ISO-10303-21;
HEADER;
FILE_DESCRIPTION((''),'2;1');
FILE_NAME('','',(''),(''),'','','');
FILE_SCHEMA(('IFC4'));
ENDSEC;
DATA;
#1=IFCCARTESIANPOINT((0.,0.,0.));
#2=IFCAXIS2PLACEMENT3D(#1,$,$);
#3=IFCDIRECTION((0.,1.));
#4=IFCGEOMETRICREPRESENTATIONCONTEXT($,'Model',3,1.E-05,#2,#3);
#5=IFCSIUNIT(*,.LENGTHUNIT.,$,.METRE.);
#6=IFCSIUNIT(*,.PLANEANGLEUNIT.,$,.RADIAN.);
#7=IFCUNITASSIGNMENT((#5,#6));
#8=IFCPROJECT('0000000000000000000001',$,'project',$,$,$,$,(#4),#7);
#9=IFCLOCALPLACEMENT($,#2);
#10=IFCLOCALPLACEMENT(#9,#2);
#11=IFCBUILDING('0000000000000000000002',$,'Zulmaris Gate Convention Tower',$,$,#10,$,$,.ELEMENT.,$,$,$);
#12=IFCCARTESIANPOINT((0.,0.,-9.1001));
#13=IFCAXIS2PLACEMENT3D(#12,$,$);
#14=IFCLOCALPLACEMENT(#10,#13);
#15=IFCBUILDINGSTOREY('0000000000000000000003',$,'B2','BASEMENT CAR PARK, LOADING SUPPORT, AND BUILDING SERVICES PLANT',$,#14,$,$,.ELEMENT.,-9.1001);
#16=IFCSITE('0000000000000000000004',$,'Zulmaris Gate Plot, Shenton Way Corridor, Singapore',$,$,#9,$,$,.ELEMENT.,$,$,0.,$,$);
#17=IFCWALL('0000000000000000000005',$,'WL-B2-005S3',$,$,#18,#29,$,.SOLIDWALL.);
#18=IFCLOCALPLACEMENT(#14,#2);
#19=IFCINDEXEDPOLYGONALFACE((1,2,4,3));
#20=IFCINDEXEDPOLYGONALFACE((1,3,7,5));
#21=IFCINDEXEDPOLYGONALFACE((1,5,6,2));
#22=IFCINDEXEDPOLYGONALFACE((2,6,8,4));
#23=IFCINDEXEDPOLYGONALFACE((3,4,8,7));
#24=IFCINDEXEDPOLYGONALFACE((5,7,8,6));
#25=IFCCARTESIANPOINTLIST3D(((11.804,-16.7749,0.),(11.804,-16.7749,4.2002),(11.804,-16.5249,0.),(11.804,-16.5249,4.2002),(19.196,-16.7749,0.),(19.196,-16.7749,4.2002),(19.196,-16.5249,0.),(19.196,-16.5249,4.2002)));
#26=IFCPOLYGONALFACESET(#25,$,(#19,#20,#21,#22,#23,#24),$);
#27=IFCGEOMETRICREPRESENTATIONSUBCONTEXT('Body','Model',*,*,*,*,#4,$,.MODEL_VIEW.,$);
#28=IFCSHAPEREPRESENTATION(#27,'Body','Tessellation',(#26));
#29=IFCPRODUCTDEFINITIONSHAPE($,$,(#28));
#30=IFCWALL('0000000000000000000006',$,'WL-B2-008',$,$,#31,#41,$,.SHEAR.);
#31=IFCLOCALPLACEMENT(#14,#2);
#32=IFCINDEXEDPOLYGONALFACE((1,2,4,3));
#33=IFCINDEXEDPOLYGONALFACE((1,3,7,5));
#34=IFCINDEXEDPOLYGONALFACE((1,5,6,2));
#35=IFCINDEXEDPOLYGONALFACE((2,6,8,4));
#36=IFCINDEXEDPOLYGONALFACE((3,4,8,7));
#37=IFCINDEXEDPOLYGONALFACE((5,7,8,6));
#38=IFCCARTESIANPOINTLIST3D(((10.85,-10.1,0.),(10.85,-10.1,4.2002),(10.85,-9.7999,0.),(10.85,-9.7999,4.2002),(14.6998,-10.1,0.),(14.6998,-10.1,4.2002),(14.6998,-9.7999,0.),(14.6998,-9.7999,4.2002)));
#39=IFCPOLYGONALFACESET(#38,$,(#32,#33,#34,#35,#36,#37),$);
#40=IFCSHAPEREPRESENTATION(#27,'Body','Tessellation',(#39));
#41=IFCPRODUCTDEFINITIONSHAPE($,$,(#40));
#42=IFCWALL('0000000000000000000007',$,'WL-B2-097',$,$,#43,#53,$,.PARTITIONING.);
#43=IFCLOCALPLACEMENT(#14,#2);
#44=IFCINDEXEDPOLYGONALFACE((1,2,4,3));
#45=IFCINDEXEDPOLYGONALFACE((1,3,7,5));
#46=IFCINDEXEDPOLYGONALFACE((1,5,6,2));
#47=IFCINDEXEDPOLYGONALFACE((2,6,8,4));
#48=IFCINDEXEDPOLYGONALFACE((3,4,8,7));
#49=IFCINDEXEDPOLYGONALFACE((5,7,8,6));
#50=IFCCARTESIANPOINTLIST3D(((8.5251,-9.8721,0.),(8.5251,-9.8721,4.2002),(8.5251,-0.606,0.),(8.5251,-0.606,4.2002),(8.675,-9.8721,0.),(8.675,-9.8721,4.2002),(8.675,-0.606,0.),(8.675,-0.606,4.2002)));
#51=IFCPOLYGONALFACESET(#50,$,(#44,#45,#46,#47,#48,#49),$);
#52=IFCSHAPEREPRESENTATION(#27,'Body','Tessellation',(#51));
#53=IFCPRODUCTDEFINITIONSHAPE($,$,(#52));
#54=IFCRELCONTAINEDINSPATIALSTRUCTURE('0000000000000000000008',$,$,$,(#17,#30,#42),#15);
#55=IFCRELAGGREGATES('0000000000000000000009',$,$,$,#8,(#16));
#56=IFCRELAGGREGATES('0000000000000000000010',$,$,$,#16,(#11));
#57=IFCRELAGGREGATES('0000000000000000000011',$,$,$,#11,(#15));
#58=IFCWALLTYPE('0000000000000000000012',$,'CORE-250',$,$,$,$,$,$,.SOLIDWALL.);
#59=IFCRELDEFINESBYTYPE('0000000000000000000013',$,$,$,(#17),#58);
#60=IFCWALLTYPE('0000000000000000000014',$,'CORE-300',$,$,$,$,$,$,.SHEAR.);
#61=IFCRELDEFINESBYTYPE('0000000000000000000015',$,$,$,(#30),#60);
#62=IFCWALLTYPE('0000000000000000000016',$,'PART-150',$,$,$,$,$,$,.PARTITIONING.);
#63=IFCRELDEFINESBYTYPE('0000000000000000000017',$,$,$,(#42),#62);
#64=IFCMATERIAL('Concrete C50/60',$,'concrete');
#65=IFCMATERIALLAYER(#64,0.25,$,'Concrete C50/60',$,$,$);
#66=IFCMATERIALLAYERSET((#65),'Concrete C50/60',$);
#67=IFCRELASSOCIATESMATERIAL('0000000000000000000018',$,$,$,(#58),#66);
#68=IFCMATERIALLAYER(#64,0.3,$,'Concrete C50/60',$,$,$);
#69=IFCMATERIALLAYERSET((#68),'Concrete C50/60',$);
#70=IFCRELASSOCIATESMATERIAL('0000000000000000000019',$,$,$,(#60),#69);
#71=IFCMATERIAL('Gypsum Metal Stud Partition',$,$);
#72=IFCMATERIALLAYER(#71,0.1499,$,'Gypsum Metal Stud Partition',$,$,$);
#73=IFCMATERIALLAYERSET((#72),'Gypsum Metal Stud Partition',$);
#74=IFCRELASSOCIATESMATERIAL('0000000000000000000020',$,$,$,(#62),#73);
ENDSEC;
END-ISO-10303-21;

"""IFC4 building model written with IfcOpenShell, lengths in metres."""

from ifc_helpers import new_model, si_unit, direction, frame, frame_2d, origin, place, context, subcontext, project, spatial, rectangle, extrude, material, layer, layer_set, type_object, element, save


model = new_model("IFC4")

# Units and contexts
model_context = context("Model", 3, precision=1e-05, world=origin(), true_north=direction((0.0, 1.0)))
body_context = subcontext(model_context, "Body", "Model", "MODEL_VIEW")
ifc_project = project(units=[si_unit("LENGTHUNIT", "METRE"), si_unit("PLANEANGLEUNIT", "RADIAN")], contexts=[model_context])

# Site, building, storey
site_placement = place(None, origin())
site = spatial("IfcSite", under=ifc_project, at=site_placement, Name="Zulmaris Gate Plot, Shenton Way Corridor, Singapore", CompositionType="ELEMENT", RefElevation=0.0)
building_placement = place(site_placement, origin())
building = spatial("IfcBuilding", under=site, at=building_placement, Name="Zulmaris Gate Convention Tower", CompositionType="ELEMENT")
storey_placement = place(building_placement, frame((0.0, 0.0, -9.1001)))
storey = spatial("IfcBuildingStorey", under=building, at=storey_placement, Name="B2", Description="BASEMENT CAR PARK, LOADING SUPPORT, AND BUILDING SERVICES PLANT", CompositionType="ELEMENT", Elevation=-9.1001)

# Shared definitions
ifc_material_1 = material(Name="Concrete C50/60", Category="concrete")

# Walls
ifc_layer_1 = layer(ifc_material_1, 0.25, Name="Concrete C50/60")
ifc_layer_set_1 = layer_set([ifc_layer_1], Name="Concrete C50/60")
wall_type_1 = type_object("IfcWallType", Name="CORE-250", PredefinedType="SOLIDWALL", material=ifc_layer_set_1)
wall_1_placement = place(storey_placement, frame((11.804, -16.6499, 0.0), z_axis=(0.0, 0.0, 1.0), x_axis=(1.0, 0.0, 0.0)))
element("IfcWall", 1, at=wall_1_placement, inside=storey, type_object=wall_type_1, Name="WL-B2-005S3", PredefinedType="SOLIDWALL", context=body_context, shape_type="SweptSolid", body=[
    extrude(rectangle(XDim=7.3921, YDim=0.25, at=frame_2d((3.696, 0.0))), origin(), (0.0, 0.0, 1.0), 4.2002),
])
ifc_layer_2 = layer(ifc_material_1, 0.3, Name="Concrete C50/60")
ifc_layer_set_2 = layer_set([ifc_layer_2], Name="Concrete C50/60")
wall_type_2 = type_object("IfcWallType", Name="CORE-300", PredefinedType="SHEAR", material=ifc_layer_set_2)
wall_2_placement = place(storey_placement, frame((10.8501, -9.95, 0.0), z_axis=(0.0, 0.0, 1.0), x_axis=(1.0, 0.0, 0.0)))
element("IfcWall", 2, at=wall_2_placement, inside=storey, type_object=wall_type_2, Name="WL-B2-008", PredefinedType="SHEAR", context=body_context, shape_type="SweptSolid", body=[
    extrude(rectangle(XDim=3.8499, YDim=0.3, at=frame_2d((1.9248, 0.0))), origin(), (0.0, 0.0, 1.0), 4.2002),
])
ifc_material_2 = material(Name="Gypsum Metal Stud Partition")
ifc_layer_3 = layer(ifc_material_2, 0.1499, Name="Gypsum Metal Stud Partition")
ifc_layer_set_3 = layer_set([ifc_layer_3], Name="Gypsum Metal Stud Partition")
wall_type_3 = type_object("IfcWallType", Name="PART-150", PredefinedType="PARTITIONING", material=ifc_layer_set_3)
wall_3_placement = place(storey_placement, frame((8.6001, -9.8721, 0.0), z_axis=(0.0, 0.0, 1.0), x_axis=(0.0, 1.0, 0.0)))
element("IfcWall", 3, at=wall_3_placement, inside=storey, type_object=wall_type_3, Name="WL-B2-097", PredefinedType="PARTITIONING", context=body_context, shape_type="SweptSolid", body=[
    extrude(rectangle(XDim=9.2661, YDim=0.1499, at=frame_2d((4.6331, 0.0))), origin(), (0.0, 0.0, 1.0), 4.2002),
])

save(model, "model.ifc")
